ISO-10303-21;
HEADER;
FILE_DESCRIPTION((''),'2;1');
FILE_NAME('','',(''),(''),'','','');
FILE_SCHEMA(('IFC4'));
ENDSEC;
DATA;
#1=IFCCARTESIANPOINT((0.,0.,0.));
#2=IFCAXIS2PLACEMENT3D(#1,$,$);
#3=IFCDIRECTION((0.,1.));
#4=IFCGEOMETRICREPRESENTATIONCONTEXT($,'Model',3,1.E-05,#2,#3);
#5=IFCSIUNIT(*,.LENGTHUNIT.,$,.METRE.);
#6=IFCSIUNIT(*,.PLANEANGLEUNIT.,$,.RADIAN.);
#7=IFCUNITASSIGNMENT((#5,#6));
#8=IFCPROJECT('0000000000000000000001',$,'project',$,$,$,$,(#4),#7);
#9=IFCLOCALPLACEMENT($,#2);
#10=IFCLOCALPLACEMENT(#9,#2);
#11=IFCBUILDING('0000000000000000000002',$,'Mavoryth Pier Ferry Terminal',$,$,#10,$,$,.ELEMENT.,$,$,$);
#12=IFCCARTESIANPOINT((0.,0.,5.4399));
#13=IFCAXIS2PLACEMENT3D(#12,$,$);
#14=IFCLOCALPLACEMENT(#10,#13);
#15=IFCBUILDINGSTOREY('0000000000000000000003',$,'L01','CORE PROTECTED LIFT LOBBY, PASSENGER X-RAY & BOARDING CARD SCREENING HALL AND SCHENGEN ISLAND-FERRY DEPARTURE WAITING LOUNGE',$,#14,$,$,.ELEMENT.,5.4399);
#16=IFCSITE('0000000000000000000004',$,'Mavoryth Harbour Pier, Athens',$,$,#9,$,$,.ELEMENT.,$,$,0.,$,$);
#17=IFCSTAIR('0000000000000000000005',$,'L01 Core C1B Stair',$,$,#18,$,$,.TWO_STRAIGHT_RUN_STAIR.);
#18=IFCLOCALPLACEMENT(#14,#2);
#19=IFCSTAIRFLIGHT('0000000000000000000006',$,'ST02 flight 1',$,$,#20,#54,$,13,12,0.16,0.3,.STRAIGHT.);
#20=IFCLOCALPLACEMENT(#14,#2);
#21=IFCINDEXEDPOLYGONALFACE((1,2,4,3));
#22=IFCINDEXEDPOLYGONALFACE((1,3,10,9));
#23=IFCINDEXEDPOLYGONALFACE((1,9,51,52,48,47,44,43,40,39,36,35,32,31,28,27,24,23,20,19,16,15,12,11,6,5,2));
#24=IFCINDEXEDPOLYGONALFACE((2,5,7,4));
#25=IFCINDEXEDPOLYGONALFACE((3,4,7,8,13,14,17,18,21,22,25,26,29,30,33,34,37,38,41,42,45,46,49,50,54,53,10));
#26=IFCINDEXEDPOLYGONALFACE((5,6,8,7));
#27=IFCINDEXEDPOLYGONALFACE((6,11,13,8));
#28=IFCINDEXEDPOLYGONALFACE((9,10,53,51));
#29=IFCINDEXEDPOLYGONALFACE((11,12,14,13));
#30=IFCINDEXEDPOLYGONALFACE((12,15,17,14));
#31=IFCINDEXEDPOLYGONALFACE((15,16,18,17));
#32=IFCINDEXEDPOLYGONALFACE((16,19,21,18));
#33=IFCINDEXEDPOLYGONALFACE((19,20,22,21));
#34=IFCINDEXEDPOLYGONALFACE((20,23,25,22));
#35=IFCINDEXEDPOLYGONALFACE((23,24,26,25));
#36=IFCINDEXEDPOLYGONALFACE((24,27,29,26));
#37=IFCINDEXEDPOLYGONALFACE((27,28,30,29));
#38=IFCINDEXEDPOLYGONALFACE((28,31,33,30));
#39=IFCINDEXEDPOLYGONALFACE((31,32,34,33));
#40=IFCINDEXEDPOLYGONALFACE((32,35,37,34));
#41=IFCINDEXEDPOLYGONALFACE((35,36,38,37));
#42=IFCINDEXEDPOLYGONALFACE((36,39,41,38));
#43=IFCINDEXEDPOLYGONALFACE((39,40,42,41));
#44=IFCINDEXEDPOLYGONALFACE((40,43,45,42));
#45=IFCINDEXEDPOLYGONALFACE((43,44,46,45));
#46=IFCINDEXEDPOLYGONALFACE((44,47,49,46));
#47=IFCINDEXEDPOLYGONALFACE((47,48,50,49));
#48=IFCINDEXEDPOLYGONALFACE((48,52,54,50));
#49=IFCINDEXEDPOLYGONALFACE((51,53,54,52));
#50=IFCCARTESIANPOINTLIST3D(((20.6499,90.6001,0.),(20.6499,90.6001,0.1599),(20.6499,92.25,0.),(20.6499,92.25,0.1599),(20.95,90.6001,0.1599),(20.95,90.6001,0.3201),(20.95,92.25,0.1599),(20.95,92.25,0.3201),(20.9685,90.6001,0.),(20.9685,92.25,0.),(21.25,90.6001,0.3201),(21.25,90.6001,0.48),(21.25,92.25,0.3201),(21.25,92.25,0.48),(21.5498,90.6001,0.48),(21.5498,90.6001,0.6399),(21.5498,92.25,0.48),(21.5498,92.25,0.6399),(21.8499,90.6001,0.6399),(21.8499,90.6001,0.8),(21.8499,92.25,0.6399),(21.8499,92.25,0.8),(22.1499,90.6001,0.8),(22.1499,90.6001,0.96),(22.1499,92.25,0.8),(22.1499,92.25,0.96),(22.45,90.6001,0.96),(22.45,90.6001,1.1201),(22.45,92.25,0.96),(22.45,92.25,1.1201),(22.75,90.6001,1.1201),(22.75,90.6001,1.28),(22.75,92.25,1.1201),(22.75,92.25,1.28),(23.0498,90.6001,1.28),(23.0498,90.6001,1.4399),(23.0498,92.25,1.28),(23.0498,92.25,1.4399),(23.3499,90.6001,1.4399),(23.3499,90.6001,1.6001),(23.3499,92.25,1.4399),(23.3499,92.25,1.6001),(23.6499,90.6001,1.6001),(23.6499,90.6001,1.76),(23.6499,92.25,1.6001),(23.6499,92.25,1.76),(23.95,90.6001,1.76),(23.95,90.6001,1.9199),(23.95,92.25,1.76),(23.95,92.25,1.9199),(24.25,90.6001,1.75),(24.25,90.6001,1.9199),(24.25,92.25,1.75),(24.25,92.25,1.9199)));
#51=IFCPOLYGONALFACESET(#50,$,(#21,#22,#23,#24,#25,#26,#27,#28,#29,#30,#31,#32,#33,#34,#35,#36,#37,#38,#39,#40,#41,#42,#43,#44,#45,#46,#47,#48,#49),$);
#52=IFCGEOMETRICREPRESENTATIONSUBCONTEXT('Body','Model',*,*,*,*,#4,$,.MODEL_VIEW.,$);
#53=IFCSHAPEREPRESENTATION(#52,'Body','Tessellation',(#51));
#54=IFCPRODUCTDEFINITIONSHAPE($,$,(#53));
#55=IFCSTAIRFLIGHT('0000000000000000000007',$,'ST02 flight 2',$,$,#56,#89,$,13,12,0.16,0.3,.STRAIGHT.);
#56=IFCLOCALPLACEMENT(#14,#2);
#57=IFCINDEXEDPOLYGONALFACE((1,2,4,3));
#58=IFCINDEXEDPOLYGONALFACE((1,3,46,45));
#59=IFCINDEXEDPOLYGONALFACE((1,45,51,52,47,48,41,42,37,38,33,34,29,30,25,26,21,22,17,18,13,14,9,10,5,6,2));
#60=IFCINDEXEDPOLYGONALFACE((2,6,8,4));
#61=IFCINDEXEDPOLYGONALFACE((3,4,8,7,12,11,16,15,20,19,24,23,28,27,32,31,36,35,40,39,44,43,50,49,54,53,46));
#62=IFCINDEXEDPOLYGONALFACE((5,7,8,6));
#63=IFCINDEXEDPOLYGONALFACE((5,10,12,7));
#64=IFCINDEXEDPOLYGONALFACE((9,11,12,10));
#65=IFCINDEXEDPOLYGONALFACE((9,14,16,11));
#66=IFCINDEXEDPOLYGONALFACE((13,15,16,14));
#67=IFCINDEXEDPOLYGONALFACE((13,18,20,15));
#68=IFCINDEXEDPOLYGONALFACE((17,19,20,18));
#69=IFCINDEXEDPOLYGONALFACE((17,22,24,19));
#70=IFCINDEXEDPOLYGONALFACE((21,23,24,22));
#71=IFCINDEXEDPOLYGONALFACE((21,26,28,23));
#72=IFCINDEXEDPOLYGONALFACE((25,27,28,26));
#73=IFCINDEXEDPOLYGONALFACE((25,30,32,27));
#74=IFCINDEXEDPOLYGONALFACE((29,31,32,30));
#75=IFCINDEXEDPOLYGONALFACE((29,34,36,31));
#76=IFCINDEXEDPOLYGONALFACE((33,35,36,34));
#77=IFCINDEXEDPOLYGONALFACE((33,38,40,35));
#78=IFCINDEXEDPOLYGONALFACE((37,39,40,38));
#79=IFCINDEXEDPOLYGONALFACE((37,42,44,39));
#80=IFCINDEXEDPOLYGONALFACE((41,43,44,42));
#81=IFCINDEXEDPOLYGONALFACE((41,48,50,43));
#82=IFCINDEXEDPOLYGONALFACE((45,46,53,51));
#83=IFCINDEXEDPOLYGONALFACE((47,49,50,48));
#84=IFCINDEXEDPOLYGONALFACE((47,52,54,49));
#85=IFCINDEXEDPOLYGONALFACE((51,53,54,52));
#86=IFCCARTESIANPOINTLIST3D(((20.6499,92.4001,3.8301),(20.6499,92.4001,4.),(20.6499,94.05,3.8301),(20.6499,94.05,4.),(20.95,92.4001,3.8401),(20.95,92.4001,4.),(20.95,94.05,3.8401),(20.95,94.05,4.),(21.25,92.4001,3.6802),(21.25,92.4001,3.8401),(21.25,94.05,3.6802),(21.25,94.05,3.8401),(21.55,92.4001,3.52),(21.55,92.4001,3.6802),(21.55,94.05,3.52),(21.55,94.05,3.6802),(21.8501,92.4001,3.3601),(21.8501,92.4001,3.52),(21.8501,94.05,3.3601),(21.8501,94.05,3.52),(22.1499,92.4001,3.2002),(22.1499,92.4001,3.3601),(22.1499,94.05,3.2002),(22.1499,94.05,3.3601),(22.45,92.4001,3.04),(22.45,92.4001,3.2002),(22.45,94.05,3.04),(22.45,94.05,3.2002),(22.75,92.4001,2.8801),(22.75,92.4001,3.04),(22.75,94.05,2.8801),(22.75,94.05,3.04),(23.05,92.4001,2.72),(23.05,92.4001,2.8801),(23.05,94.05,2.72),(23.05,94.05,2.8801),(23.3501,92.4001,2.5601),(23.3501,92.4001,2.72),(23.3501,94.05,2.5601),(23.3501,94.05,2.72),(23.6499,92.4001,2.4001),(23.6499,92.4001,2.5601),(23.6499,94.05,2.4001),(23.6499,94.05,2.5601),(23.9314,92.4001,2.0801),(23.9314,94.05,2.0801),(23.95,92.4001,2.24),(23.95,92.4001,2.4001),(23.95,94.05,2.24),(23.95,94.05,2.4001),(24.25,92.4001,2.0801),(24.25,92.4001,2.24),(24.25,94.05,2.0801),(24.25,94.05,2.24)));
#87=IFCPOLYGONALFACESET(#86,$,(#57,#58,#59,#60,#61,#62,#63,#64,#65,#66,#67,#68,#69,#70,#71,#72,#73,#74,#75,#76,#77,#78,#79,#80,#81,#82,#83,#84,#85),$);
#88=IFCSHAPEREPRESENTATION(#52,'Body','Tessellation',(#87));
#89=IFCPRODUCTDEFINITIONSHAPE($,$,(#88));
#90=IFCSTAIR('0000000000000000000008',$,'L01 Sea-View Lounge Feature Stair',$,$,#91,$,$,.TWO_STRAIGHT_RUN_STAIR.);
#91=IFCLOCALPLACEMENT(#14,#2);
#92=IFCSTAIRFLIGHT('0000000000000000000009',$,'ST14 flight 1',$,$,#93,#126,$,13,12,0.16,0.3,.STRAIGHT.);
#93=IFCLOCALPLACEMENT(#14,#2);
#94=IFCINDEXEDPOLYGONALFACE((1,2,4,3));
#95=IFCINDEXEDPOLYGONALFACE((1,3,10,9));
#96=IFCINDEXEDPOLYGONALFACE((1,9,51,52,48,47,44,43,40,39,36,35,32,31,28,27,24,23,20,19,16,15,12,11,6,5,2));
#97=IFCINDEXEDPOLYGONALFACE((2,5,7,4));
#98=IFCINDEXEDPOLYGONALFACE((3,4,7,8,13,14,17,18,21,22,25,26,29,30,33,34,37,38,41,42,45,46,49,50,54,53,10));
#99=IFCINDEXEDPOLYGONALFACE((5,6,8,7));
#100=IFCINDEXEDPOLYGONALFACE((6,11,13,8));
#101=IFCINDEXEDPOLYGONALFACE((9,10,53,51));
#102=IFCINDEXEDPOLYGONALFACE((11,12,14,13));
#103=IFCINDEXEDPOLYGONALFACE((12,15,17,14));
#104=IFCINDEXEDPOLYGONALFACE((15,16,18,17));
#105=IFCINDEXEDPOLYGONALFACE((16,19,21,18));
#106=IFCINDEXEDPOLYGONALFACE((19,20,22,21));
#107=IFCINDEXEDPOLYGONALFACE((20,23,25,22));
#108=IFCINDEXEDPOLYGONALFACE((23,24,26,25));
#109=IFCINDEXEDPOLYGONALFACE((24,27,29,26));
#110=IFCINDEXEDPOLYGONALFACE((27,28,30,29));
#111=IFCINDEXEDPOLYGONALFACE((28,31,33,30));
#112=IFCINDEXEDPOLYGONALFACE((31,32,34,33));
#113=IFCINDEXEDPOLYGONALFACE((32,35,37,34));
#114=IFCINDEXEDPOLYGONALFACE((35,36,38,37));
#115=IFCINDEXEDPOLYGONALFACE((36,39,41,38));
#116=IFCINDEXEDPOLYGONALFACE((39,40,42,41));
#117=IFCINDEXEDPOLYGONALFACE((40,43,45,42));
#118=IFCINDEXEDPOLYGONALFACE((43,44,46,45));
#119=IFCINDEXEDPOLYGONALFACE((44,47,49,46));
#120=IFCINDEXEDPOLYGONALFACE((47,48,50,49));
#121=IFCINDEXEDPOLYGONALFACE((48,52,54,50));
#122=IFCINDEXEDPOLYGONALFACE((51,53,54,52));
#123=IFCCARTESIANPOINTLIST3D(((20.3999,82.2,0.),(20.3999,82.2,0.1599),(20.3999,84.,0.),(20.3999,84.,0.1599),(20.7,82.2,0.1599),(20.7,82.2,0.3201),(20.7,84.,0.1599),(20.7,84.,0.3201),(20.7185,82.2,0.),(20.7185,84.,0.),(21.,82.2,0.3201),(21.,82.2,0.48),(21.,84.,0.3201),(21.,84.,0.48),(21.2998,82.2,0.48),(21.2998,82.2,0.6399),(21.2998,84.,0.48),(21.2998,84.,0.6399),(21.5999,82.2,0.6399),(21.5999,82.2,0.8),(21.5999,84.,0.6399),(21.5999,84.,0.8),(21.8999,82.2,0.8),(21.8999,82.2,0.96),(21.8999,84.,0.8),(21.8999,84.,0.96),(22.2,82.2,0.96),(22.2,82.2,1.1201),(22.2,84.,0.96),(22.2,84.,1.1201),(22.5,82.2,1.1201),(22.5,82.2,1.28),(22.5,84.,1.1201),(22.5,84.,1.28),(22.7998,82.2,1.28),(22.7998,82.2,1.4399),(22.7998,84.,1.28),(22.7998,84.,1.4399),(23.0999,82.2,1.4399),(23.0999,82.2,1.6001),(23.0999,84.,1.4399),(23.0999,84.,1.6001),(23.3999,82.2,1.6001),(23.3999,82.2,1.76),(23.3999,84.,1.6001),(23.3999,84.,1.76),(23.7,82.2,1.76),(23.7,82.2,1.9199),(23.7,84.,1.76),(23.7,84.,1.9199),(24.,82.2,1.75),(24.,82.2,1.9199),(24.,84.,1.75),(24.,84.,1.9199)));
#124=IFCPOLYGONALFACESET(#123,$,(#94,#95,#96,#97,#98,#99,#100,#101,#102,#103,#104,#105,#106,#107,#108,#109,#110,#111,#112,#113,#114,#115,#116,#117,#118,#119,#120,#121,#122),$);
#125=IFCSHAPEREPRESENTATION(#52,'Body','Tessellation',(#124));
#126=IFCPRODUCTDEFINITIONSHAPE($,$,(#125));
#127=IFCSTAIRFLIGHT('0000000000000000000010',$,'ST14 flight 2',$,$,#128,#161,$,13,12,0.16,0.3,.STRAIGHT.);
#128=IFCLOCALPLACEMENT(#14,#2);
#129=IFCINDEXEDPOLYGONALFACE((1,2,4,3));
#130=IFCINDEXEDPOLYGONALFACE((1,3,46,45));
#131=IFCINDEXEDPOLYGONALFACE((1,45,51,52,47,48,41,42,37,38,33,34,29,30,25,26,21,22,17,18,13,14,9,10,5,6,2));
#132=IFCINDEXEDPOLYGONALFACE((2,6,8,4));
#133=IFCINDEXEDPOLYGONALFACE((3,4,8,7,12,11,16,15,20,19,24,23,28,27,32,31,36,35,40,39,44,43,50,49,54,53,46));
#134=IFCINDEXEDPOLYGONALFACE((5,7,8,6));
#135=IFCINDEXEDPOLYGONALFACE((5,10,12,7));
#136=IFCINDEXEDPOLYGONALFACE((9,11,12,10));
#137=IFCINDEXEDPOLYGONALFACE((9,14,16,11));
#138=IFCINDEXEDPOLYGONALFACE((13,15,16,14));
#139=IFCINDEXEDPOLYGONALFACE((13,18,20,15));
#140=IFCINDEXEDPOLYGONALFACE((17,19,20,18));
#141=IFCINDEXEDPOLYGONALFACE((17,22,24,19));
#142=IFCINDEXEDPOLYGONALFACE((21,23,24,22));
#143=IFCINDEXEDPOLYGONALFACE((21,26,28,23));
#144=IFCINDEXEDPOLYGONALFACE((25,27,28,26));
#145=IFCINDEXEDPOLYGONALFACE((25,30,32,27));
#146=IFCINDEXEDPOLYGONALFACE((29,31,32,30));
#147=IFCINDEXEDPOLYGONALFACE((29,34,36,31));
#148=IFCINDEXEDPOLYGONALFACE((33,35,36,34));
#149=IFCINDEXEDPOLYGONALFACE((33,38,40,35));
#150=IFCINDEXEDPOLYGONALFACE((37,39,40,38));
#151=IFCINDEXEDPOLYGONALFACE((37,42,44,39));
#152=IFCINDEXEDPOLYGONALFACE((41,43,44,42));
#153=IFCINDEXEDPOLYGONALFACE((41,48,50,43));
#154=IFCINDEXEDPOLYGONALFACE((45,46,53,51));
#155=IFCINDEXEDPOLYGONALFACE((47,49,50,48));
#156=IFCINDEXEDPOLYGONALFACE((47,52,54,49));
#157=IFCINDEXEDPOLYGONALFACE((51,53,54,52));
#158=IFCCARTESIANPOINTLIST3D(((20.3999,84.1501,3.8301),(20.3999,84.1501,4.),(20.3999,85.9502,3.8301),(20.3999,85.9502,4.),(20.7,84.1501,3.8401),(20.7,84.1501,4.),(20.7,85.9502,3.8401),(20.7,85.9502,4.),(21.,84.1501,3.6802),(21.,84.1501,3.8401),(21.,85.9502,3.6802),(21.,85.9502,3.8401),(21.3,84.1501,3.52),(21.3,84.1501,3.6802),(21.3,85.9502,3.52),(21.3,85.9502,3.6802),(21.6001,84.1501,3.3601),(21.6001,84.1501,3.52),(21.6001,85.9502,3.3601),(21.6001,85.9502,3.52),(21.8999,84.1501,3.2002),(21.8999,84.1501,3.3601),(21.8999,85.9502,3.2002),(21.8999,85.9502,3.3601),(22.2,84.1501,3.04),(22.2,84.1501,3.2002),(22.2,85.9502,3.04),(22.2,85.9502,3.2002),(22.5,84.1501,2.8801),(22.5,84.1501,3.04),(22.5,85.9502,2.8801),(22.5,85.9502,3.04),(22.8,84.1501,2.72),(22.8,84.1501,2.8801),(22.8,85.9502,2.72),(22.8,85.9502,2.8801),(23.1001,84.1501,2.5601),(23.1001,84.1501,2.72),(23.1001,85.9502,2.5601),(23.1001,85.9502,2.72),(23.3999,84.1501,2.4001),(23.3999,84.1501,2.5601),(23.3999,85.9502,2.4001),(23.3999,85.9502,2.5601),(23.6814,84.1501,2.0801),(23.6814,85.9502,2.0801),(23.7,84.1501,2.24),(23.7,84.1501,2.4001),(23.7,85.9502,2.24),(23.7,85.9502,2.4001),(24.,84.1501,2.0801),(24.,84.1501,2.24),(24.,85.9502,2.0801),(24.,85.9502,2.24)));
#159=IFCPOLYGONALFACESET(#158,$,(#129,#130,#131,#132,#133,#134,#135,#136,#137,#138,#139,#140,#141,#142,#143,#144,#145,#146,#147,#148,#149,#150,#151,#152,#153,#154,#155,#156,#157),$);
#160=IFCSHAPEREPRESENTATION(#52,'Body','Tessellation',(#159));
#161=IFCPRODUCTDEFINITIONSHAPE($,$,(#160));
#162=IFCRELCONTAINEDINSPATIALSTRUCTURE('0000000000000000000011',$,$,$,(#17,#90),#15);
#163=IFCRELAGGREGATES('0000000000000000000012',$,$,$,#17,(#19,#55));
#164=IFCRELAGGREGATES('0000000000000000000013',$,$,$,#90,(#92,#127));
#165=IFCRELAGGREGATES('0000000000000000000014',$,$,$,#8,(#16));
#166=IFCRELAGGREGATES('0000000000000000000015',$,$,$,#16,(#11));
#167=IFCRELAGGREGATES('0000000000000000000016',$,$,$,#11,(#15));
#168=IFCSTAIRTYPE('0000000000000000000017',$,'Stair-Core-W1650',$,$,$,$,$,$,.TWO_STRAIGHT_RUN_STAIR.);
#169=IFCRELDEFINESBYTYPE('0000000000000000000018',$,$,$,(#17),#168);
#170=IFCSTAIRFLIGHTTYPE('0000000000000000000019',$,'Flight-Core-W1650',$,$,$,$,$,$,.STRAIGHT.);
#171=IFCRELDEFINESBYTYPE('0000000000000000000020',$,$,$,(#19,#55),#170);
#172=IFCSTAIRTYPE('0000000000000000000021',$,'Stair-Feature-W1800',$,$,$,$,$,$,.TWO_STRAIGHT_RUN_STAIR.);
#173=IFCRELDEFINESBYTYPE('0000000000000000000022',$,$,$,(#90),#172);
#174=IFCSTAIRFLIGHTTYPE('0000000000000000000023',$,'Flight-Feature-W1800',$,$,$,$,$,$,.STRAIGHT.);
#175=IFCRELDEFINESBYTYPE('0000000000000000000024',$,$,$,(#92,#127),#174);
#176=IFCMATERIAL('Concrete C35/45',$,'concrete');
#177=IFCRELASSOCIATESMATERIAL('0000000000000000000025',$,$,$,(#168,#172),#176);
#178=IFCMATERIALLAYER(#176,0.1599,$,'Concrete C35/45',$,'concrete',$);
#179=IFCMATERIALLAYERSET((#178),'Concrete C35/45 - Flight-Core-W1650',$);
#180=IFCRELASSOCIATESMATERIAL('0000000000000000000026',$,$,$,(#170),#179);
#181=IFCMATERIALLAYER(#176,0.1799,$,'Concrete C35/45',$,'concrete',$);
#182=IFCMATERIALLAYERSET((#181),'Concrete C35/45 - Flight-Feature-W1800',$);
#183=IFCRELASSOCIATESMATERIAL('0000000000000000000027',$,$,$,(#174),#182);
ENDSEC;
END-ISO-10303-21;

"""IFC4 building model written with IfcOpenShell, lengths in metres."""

from ifc_helpers import new_model, si_unit, direction, frame, origin, place, context, subcontext, project, spatial, polyline, outline, extrude, material, layer, layer_set, type_object, element, aggregate, save


model = new_model("IFC4")

# Units and contexts
model_context = context("Model", 3, precision=1e-05, world=origin(), true_north=direction((0.0, 1.0)))
body_context = subcontext(model_context, "Body", "Model", "MODEL_VIEW")
ifc_project = project(units=[si_unit("LENGTHUNIT", "METRE"), si_unit("PLANEANGLEUNIT", "RADIAN")], contexts=[model_context])

# Site, building, storey
site_placement = place(None, origin())
site = spatial("IfcSite", under=ifc_project, at=site_placement, Name="Mavoryth Harbour Pier, Athens", CompositionType="ELEMENT", RefElevation=0.0)
building_placement = place(site_placement, origin())
building = spatial("IfcBuilding", under=site, at=building_placement, Name="Mavoryth Pier Ferry Terminal", CompositionType="ELEMENT")
storey_placement = place(building_placement, frame((0.0, 0.0, 5.4399)))
storey = spatial("IfcBuildingStorey", under=building, at=storey_placement, Name="L01", Description="CORE PROTECTED LIFT LOBBY, PASSENGER X-RAY & BOARDING CARD SCREENING HALL AND SCHENGEN ISLAND-FERRY DEPARTURE WAITING LOUNGE", CompositionType="ELEMENT", Elevation=5.4399)

# Shared definitions
ifc_material_1 = material(Name="Concrete C35/45", Category="concrete")

# Stairs, stair flights
stair_type_1 = type_object("IfcStairType", Name="Stair-Core-W1650", PredefinedType="TWO_STRAIGHT_RUN_STAIR", material=ifc_material_1)
stair_1_placement = place(storey_placement, origin())
stair_1 = element("IfcStair", 1, at=stair_1_placement, inside=storey, type_object=stair_type_1, Name="L01 Core C1B Stair", PredefinedType="TWO_STRAIGHT_RUN_STAIR")
ifc_layer_1 = layer(ifc_material_1, 0.1599, Name="Concrete C35/45", Category="concrete")
ifc_layer_set_1 = layer_set([ifc_layer_1], Name="Concrete C35/45 - Flight-Core-W1650")
stair_flight_type_1 = type_object("IfcStairFlightType", Name="Flight-Core-W1650", PredefinedType="STRAIGHT", material=ifc_layer_set_1)
stair_flight_1_placement = place(storey_placement, frame((20.6499, 91.425, 0.0), z_axis=(0.0, 0.0, 1.0), x_axis=(1.0, 0.0, 0.0)))
stair_flight_1 = element("IfcStairFlight", 2, at=stair_flight_1_placement, type_object=stair_flight_type_1, Name="ST02 flight 1", NumberOfRisers=13, NumberOfTreads=12, PredefinedType="STRAIGHT", RiserHeight=0.16, TreadLength=0.3, context=body_context, shape_type="SweptSolid", body=[
    extrude(outline(polyline([(0.0, 0.0), (0.0, 0.1599), (0.3, 0.1599), (0.3, 0.3201), (0.6001, 0.3201), (0.6001, 0.48), (0.8999, 0.48), (0.8999, 0.6399), (1.2, 0.6399), (1.2, 0.8), (1.5, 0.8), (1.5, 0.96), (1.8, 0.96), (1.8, 1.1201), (2.1001, 1.1201), (2.1001, 1.28), (2.3999, 1.28), (2.3999, 1.4399), (2.7, 1.4399), (2.7, 1.6001), (3.0, 1.6001), (3.0, 1.76), (3.3, 1.76), (3.3, 1.9199), (3.6001, 1.9199), (3.6001, 2.0801), (3.6001, 1.75), (0.3186, 0.0), (0.0, 0.0)])), frame((0.0, 0.825, 0.0), z_axis=(0.0, -1.0, 0.0), x_axis=(1.0, 0.0, 0.0)), (0.0, 0.0, 1.0), 1.6499),
])
stair_flight_2_placement = place(storey_placement, frame((24.25, 93.2251, 2.0801), z_axis=(0.0, 0.0, 1.0), x_axis=(-1.0, 0.0, 0.0)))
stair_flight_2 = element("IfcStairFlight", 3, at=stair_flight_2_placement, type_object=stair_flight_type_1, Name="ST02 flight 2", NumberOfRisers=13, NumberOfTreads=12, PredefinedType="STRAIGHT", RiserHeight=0.16, TreadLength=0.3, context=body_context, shape_type="SweptSolid", body=[
    extrude(outline(polyline([(0.0, 0.0), (0.0, 0.1599), (0.3, 0.1599), (0.3, 0.3201), (0.6001, 0.3201), (0.6001, 0.48), (0.8999, 0.48), (0.8999, 0.6399), (1.2, 0.6399), (1.2, 0.8), (1.5, 0.8), (1.5, 0.96), (1.8, 0.96), (1.8, 1.1201), (2.1001, 1.1201), (2.1001, 1.28), (2.3999, 1.28), (2.3999, 1.4399), (2.7, 1.4399), (2.7, 1.6001), (3.0, 1.6001), (3.0, 1.76), (3.3, 1.76), (3.3, 1.9199), (3.6001, 1.9199), (3.6001, 2.0801), (3.6001, 1.75), (0.3186, 0.0), (0.0, 0.0)])), frame((0.0, 0.825, 0.0), z_axis=(0.0, -1.0, 0.0), x_axis=(1.0, 0.0, 0.0)), (0.0, 0.0, 1.0), 1.6499),
])
aggregate(stair_1, [stair_flight_1, stair_flight_2])
stair_type_2 = type_object("IfcStairType", Name="Stair-Feature-W1800", PredefinedType="TWO_STRAIGHT_RUN_STAIR", material=ifc_material_1)
stair_2_placement = place(storey_placement, origin())
stair_2 = element("IfcStair", 4, at=stair_2_placement, inside=storey, type_object=stair_type_2, Name="L01 Sea-View Lounge Feature Stair", PredefinedType="TWO_STRAIGHT_RUN_STAIR")
ifc_layer_2 = layer(ifc_material_1, 0.1799, Name="Concrete C35/45", Category="concrete")
ifc_layer_set_2 = layer_set([ifc_layer_2], Name="Concrete C35/45 - Flight-Feature-W1800")
stair_flight_type_2 = type_object("IfcStairFlightType", Name="Flight-Feature-W1800", PredefinedType="STRAIGHT", material=ifc_layer_set_2)
stair_flight_3_placement = place(storey_placement, frame((20.3999, 83.1001, 0.0), z_axis=(0.0, 0.0, 1.0), x_axis=(1.0, 0.0, 0.0)))
stair_flight_3 = element("IfcStairFlight", 5, at=stair_flight_3_placement, type_object=stair_flight_type_2, Name="ST14 flight 1", NumberOfRisers=13, NumberOfTreads=12, PredefinedType="STRAIGHT", RiserHeight=0.16, TreadLength=0.3, context=body_context, shape_type="SweptSolid", body=[
    extrude(outline(polyline([(0.0, 0.0), (0.0, 0.1599), (0.3, 0.1599), (0.3, 0.3201), (0.6001, 0.3201), (0.6001, 0.48), (0.8999, 0.48), (0.8999, 0.6399), (1.2, 0.6399), (1.2, 0.8), (1.5, 0.8), (1.5, 0.96), (1.8, 0.96), (1.8, 1.1201), (2.1001, 1.1201), (2.1001, 1.28), (2.3999, 1.28), (2.3999, 1.4399), (2.7, 1.4399), (2.7, 1.6001), (3.0, 1.6001), (3.0, 1.76), (3.3, 1.76), (3.3, 1.9199), (3.6001, 1.9199), (3.6001, 2.0801), (3.6001, 1.75), (0.3186, 0.0), (0.0, 0.0)])), frame((0.0, 0.8999, 0.0), z_axis=(0.0, -1.0, 0.0), x_axis=(1.0, 0.0, 0.0)), (0.0, 0.0, 1.0), 1.8),
])
stair_flight_4_placement = place(storey_placement, frame((24.0, 85.05, 2.0801), z_axis=(0.0, 0.0, 1.0), x_axis=(-1.0, 0.0, 0.0)))
stair_flight_4 = element("IfcStairFlight", 6, at=stair_flight_4_placement, type_object=stair_flight_type_2, Name="ST14 flight 2", NumberOfRisers=13, NumberOfTreads=12, PredefinedType="STRAIGHT", RiserHeight=0.16, TreadLength=0.3, context=body_context, shape_type="SweptSolid", body=[
    extrude(outline(polyline([(0.0, 0.0), (0.0, 0.1599), (0.3, 0.1599), (0.3, 0.3201), (0.6001, 0.3201), (0.6001, 0.48), (0.8999, 0.48), (0.8999, 0.6399), (1.2, 0.6399), (1.2, 0.8), (1.5, 0.8), (1.5, 0.96), (1.8, 0.96), (1.8, 1.1201), (2.1001, 1.1201), (2.1001, 1.28), (2.3999, 1.28), (2.3999, 1.4399), (2.7, 1.4399), (2.7, 1.6001), (3.0, 1.6001), (3.0, 1.76), (3.3, 1.76), (3.3, 1.9199), (3.6001, 1.9199), (3.6001, 2.0801), (3.6001, 1.75), (0.3186, 0.0), (0.0, 0.0)])), frame((0.0, 0.8999, 0.0), z_axis=(0.0, -1.0, 0.0), x_axis=(1.0, 0.0, 0.0)), (0.0, 0.0, 1.0), 1.8),
])
aggregate(stair_2, [stair_flight_3, stair_flight_4])

save(model, "model.ifc")
